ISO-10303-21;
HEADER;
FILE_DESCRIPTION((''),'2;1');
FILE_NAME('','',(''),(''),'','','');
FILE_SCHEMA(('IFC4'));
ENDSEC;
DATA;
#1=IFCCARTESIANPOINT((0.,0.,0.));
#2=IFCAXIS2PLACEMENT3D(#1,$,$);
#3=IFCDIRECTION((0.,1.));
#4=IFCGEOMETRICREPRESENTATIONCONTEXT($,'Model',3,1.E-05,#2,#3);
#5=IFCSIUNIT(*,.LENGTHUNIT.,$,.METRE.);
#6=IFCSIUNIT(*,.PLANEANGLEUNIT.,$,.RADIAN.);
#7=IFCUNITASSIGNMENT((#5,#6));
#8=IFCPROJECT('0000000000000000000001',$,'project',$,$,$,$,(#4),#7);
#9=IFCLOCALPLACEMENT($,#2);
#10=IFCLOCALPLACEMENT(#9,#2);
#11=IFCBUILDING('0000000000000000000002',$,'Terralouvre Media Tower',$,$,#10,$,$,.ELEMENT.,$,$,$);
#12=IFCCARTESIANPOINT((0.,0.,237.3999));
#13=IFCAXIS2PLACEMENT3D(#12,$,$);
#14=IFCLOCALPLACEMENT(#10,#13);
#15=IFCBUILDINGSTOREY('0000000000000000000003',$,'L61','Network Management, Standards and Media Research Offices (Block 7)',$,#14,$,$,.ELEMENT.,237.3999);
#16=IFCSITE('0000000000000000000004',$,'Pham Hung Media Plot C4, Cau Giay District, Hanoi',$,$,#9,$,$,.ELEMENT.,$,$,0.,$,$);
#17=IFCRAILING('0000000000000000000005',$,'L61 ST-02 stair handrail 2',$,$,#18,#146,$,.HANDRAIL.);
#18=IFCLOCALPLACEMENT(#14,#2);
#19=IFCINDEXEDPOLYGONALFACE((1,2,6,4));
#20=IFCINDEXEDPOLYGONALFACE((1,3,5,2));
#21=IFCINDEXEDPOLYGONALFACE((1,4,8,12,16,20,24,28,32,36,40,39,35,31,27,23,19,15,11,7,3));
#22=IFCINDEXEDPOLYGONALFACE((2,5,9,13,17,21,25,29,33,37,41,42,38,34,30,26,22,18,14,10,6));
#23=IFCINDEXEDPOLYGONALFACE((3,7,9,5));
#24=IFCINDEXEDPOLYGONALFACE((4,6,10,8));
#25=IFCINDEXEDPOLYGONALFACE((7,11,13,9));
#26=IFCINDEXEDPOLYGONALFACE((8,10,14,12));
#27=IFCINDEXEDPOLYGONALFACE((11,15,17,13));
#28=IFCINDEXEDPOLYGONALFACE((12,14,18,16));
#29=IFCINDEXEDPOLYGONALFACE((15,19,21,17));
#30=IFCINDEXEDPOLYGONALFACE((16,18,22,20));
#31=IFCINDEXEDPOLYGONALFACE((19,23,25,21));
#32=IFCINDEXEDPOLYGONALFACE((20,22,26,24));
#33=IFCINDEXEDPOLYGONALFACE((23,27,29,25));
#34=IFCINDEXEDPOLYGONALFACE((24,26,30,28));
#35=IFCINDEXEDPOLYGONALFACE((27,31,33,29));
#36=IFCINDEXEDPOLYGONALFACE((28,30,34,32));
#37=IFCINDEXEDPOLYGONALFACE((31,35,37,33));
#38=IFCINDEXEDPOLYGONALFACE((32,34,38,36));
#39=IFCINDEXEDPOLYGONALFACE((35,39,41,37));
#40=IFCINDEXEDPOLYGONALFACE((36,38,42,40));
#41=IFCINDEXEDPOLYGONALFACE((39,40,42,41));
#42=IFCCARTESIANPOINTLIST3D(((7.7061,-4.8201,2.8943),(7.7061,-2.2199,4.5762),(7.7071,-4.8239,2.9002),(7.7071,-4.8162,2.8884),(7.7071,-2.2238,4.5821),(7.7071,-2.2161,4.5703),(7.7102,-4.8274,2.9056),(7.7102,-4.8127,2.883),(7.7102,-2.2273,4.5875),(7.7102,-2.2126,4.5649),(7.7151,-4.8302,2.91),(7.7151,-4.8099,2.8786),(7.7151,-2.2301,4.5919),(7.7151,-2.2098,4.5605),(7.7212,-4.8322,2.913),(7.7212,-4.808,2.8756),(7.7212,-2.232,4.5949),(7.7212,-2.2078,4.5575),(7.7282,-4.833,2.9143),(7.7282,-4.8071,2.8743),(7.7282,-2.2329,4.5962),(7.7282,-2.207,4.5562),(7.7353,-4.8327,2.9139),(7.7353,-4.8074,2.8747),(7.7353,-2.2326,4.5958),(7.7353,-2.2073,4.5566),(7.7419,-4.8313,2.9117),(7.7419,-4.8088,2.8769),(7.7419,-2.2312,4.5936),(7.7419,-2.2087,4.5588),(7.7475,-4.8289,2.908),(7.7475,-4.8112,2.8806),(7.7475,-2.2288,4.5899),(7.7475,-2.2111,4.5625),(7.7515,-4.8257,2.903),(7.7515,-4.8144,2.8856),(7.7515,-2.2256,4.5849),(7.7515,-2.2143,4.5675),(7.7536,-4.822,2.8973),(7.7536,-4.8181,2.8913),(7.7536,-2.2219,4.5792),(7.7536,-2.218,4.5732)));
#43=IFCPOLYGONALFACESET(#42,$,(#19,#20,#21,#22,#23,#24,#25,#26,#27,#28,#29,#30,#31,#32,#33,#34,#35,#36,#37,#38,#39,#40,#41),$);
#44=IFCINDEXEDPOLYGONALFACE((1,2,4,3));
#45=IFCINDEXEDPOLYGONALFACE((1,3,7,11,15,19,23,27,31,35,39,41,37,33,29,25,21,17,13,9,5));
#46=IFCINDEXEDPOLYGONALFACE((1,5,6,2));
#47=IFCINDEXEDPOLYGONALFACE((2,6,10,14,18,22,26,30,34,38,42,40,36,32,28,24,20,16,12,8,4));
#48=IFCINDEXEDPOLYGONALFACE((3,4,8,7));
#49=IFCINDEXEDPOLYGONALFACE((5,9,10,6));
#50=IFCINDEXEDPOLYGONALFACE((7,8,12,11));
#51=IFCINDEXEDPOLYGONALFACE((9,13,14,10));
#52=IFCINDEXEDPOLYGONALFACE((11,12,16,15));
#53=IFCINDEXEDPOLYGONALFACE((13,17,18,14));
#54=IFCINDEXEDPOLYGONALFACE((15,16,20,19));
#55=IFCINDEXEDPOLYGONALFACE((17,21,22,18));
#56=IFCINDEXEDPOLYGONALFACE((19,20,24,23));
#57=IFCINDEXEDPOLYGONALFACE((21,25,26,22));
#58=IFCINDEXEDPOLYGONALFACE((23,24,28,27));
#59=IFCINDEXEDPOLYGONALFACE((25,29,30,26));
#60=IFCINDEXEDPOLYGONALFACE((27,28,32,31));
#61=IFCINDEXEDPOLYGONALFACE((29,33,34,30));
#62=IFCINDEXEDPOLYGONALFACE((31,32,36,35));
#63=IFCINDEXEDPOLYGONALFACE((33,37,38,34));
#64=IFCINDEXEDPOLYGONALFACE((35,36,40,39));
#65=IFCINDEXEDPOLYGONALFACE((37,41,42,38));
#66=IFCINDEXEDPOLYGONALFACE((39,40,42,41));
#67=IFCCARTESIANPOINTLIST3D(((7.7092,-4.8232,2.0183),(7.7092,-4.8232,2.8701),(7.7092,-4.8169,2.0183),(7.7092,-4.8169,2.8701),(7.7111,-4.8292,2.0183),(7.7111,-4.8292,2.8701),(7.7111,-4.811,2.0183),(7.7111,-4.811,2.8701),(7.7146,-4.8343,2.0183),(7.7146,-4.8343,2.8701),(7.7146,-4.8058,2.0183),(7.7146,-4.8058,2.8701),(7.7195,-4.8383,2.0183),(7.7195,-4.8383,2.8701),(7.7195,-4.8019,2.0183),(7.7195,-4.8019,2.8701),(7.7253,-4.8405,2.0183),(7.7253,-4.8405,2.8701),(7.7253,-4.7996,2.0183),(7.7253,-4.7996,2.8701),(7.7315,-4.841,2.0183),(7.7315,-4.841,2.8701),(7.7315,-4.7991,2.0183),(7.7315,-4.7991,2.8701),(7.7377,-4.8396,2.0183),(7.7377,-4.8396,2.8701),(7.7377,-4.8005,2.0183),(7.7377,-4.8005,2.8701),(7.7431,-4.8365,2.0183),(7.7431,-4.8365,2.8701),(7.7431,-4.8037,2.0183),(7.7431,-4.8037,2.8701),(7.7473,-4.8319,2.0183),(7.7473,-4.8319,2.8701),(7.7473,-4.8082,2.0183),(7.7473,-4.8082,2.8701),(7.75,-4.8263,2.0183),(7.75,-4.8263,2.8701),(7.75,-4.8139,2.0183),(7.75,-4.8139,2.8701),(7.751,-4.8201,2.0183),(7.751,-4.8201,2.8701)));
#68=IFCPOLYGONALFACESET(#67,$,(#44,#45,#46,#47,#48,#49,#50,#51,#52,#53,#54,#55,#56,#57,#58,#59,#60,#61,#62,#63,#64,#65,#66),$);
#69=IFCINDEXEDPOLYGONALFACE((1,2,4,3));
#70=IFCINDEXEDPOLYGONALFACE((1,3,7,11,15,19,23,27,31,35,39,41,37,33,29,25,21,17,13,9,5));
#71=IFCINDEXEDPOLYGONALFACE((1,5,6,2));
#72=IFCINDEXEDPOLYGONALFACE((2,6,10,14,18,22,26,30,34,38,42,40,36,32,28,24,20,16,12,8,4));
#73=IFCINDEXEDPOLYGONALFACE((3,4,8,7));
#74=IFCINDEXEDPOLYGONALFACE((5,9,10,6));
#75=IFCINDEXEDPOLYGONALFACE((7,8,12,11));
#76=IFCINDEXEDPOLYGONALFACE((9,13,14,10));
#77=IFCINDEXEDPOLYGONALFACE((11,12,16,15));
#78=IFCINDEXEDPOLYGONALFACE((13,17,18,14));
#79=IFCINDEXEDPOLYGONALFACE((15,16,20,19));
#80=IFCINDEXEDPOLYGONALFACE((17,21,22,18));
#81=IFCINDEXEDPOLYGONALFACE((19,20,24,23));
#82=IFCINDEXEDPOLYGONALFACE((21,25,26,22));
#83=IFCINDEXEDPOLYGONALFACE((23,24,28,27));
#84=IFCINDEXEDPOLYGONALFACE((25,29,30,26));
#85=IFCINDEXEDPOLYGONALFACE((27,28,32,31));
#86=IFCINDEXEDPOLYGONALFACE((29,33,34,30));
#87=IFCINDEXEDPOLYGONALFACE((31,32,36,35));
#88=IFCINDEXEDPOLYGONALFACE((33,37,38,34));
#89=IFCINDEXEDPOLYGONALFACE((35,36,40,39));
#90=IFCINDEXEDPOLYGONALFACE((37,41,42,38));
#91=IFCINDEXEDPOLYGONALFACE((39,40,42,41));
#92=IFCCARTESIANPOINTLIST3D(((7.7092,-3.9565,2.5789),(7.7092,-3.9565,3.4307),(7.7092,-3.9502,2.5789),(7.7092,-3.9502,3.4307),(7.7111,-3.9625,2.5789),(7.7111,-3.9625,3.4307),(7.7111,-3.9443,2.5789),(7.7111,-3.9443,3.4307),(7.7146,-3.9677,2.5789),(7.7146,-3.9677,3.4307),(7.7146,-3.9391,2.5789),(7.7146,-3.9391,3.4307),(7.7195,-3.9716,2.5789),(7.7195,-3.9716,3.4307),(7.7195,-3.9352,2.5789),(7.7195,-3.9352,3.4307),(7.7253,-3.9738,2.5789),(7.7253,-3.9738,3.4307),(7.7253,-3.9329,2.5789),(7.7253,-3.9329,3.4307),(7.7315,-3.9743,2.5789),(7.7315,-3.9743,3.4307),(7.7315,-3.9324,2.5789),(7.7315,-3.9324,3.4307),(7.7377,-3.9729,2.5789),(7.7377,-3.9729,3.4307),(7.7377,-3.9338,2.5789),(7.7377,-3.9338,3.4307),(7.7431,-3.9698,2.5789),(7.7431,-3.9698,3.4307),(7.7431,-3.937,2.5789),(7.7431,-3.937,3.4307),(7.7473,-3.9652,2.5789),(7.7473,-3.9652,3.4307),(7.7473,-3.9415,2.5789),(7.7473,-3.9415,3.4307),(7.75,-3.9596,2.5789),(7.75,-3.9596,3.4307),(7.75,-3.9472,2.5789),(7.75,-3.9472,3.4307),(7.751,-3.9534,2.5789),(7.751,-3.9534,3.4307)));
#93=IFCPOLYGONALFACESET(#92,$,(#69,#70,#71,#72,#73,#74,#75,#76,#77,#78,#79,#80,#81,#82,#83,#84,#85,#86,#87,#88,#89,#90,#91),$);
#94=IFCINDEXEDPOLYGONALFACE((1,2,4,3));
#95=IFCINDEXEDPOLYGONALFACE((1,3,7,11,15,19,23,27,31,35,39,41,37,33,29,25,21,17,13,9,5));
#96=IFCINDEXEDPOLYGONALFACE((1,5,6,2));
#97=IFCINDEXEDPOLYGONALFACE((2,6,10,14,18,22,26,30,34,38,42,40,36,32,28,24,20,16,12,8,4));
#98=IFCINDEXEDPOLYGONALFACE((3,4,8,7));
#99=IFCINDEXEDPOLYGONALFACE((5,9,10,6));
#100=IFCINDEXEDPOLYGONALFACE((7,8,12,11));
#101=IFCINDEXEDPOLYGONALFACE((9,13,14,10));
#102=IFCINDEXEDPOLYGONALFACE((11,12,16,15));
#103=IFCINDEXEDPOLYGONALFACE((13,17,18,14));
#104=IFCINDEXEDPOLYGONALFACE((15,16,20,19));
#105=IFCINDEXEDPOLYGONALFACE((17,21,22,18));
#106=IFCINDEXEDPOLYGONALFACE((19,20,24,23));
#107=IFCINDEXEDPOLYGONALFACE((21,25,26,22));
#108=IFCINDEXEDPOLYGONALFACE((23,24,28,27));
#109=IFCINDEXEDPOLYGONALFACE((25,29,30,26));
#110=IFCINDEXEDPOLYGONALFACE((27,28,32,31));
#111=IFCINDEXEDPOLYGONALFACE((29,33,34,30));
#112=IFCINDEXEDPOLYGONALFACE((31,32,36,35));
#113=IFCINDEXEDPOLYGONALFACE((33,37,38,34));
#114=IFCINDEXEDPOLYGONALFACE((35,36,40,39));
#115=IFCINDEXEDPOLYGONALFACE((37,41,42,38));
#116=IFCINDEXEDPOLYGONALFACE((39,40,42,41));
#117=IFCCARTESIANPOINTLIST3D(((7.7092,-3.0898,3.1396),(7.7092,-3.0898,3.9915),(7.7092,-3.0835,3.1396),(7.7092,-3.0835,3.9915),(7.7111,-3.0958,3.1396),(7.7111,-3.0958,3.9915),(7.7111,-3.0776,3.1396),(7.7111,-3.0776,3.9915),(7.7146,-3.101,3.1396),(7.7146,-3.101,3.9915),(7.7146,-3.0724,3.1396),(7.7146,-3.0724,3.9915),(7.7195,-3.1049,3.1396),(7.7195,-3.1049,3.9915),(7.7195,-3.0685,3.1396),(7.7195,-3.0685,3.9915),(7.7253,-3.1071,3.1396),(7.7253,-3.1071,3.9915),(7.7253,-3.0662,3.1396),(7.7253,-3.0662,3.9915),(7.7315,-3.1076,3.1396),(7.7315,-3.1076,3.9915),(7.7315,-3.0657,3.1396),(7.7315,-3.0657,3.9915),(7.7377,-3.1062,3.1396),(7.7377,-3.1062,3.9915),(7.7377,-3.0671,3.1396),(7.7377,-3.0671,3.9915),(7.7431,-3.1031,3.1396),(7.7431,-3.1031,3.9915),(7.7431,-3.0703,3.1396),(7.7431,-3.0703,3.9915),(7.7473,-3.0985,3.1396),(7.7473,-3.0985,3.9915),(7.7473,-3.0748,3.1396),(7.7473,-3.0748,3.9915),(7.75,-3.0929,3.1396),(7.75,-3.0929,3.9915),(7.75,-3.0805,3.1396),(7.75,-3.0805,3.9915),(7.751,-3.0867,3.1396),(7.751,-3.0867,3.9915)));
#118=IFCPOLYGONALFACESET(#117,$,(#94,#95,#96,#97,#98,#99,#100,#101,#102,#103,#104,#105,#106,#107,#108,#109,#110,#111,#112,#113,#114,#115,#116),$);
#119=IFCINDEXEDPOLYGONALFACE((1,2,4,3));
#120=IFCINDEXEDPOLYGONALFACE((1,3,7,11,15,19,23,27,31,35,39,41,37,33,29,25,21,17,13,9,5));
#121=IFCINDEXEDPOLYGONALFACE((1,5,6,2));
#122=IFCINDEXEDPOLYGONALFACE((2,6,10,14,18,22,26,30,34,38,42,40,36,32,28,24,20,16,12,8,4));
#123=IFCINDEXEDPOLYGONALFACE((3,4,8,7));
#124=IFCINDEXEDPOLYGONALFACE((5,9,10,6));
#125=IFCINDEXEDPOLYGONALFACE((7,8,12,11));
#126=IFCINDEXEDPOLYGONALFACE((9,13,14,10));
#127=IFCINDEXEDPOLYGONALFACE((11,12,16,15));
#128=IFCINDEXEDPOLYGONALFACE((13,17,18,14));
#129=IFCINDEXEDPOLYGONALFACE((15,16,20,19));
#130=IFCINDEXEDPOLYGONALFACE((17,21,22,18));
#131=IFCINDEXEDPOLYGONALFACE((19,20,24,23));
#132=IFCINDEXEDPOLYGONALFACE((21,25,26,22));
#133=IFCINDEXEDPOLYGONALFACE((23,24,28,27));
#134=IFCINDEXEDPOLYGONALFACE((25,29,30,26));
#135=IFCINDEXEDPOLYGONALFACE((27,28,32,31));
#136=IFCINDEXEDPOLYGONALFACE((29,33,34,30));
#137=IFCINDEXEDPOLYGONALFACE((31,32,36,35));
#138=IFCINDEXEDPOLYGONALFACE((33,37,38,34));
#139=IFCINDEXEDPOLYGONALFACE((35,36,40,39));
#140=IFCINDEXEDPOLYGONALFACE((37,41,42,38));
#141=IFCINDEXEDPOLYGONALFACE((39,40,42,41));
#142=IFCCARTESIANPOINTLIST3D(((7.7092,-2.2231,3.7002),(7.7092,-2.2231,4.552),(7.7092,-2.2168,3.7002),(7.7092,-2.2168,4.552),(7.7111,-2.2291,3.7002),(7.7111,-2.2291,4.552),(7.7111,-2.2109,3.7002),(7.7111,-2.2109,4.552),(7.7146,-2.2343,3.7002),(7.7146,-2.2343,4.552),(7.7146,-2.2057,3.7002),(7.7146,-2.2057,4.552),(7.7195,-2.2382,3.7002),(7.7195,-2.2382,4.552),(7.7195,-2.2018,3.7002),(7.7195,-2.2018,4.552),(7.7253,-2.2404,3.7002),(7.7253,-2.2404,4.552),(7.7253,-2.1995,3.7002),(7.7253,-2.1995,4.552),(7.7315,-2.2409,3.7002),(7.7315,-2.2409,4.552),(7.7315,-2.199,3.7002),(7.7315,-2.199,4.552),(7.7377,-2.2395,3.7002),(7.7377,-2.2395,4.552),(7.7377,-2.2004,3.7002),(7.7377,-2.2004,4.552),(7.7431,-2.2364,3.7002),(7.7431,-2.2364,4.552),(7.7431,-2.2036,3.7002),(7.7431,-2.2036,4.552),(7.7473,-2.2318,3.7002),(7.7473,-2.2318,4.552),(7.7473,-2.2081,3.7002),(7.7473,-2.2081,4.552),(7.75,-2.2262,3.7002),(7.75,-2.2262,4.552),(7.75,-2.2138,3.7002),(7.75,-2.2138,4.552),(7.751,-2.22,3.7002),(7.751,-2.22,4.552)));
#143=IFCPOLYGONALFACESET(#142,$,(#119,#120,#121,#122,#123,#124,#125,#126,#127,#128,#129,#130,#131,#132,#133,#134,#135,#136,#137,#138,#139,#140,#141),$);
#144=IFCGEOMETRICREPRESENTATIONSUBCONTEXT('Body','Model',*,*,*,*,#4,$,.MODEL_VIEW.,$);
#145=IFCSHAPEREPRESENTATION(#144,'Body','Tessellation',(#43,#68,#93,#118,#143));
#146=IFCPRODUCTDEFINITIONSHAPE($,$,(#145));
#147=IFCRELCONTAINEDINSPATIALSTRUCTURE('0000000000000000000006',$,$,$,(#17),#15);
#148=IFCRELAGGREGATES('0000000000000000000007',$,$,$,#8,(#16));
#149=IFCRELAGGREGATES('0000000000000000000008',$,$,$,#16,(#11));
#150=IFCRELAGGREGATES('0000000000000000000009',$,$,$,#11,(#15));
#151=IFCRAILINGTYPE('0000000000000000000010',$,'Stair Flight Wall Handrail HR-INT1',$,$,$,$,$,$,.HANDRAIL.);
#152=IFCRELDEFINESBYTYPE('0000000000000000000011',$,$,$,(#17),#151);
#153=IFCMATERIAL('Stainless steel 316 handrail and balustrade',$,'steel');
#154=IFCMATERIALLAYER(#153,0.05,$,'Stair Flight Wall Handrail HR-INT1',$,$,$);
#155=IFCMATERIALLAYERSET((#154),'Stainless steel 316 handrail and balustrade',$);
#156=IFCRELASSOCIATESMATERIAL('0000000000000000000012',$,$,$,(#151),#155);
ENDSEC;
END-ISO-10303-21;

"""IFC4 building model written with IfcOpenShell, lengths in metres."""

from ifc_helpers import new_model, si_unit, direction, frame, origin, origin_2d, place, context, subcontext, project, spatial, circle, extrude, material, layer, layer_set, type_object, element, save


model = new_model("IFC4")

# Units and contexts
model_context = context("Model", 3, precision=1e-05, world=origin(), true_north=direction((0.0, 1.0)))
body_context = subcontext(model_context, "Body", "Model", "MODEL_VIEW")
ifc_project = project(units=[si_unit("LENGTHUNIT", "METRE"), si_unit("PLANEANGLEUNIT", "RADIAN")], contexts=[model_context])

# Site, building, storey
site_placement = place(None, origin())
site = spatial("IfcSite", under=ifc_project, at=site_placement, Name="Pham Hung Media Plot C4, Cau Giay District, Hanoi", CompositionType="ELEMENT", RefElevation=0.0)
building_placement = place(site_placement, origin())
building = spatial("IfcBuilding", under=site, at=building_placement, Name="Terralouvre Media Tower", CompositionType="ELEMENT")
storey_placement = place(building_placement, frame((0.0, 0.0, 237.3999)))
storey = spatial("IfcBuildingStorey", under=building, at=storey_placement, Name="L61", Description="Network Management, Standards and Media Research Offices (Block 7)", CompositionType="ELEMENT", Elevation=237.3999)

# Railing
ifc_material_1 = material(Name="Stainless steel 316 handrail and balustrade", Category="steel")
ifc_layer_1 = layer(ifc_material_1, 0.05, Name="Stair Flight Wall Handrail HR-INT1")
ifc_layer_set_1 = layer_set([ifc_layer_1], Name="Stainless steel 316 handrail and balustrade")
railing_type_1 = type_object("IfcRailingType", Name="Stair Flight Wall Handrail HR-INT1", PredefinedType="HANDRAIL", material=ifc_layer_set_1)
railing_1_placement = place(storey_placement, frame((7.73, -4.8201, 2.0183)))
element("IfcRailing", 1, at=railing_1_placement, inside=storey, type_object=railing_type_1, Name="L61 ST-02 stair handrail 2", PredefinedType="HANDRAIL", context=body_context, shape_type="SweptSolid", body=[
    extrude(circle(Radius=0.0239, at=origin_2d()), frame((0.0, 0.0, 0.876), z_axis=(0.0, 0.839648, 0.54313), x_axis=(-1.0, 0.0, 0.0)), (0.0, 0.0, 1.0), 3.0967),
    extrude(circle(Radius=0.021, at=origin_2d()), origin(), (0.0, 0.0, 1.0), 0.8518),
    extrude(circle(Radius=0.021, at=origin_2d()), frame((0.0, 0.8667, 0.5605)), (0.0, 0.0, 1.0), 0.8518),
    extrude(circle(Radius=0.021, at=origin_2d()), frame((0.0, 1.7334, 1.1213)), (0.0, 0.0, 1.0), 0.8518),
    extrude(circle(Radius=0.021, at=origin_2d()), frame((0.0, 2.6001, 1.6819)), (0.0, 0.0, 1.0), 0.8518),
])

save(model, "model.ifc")
